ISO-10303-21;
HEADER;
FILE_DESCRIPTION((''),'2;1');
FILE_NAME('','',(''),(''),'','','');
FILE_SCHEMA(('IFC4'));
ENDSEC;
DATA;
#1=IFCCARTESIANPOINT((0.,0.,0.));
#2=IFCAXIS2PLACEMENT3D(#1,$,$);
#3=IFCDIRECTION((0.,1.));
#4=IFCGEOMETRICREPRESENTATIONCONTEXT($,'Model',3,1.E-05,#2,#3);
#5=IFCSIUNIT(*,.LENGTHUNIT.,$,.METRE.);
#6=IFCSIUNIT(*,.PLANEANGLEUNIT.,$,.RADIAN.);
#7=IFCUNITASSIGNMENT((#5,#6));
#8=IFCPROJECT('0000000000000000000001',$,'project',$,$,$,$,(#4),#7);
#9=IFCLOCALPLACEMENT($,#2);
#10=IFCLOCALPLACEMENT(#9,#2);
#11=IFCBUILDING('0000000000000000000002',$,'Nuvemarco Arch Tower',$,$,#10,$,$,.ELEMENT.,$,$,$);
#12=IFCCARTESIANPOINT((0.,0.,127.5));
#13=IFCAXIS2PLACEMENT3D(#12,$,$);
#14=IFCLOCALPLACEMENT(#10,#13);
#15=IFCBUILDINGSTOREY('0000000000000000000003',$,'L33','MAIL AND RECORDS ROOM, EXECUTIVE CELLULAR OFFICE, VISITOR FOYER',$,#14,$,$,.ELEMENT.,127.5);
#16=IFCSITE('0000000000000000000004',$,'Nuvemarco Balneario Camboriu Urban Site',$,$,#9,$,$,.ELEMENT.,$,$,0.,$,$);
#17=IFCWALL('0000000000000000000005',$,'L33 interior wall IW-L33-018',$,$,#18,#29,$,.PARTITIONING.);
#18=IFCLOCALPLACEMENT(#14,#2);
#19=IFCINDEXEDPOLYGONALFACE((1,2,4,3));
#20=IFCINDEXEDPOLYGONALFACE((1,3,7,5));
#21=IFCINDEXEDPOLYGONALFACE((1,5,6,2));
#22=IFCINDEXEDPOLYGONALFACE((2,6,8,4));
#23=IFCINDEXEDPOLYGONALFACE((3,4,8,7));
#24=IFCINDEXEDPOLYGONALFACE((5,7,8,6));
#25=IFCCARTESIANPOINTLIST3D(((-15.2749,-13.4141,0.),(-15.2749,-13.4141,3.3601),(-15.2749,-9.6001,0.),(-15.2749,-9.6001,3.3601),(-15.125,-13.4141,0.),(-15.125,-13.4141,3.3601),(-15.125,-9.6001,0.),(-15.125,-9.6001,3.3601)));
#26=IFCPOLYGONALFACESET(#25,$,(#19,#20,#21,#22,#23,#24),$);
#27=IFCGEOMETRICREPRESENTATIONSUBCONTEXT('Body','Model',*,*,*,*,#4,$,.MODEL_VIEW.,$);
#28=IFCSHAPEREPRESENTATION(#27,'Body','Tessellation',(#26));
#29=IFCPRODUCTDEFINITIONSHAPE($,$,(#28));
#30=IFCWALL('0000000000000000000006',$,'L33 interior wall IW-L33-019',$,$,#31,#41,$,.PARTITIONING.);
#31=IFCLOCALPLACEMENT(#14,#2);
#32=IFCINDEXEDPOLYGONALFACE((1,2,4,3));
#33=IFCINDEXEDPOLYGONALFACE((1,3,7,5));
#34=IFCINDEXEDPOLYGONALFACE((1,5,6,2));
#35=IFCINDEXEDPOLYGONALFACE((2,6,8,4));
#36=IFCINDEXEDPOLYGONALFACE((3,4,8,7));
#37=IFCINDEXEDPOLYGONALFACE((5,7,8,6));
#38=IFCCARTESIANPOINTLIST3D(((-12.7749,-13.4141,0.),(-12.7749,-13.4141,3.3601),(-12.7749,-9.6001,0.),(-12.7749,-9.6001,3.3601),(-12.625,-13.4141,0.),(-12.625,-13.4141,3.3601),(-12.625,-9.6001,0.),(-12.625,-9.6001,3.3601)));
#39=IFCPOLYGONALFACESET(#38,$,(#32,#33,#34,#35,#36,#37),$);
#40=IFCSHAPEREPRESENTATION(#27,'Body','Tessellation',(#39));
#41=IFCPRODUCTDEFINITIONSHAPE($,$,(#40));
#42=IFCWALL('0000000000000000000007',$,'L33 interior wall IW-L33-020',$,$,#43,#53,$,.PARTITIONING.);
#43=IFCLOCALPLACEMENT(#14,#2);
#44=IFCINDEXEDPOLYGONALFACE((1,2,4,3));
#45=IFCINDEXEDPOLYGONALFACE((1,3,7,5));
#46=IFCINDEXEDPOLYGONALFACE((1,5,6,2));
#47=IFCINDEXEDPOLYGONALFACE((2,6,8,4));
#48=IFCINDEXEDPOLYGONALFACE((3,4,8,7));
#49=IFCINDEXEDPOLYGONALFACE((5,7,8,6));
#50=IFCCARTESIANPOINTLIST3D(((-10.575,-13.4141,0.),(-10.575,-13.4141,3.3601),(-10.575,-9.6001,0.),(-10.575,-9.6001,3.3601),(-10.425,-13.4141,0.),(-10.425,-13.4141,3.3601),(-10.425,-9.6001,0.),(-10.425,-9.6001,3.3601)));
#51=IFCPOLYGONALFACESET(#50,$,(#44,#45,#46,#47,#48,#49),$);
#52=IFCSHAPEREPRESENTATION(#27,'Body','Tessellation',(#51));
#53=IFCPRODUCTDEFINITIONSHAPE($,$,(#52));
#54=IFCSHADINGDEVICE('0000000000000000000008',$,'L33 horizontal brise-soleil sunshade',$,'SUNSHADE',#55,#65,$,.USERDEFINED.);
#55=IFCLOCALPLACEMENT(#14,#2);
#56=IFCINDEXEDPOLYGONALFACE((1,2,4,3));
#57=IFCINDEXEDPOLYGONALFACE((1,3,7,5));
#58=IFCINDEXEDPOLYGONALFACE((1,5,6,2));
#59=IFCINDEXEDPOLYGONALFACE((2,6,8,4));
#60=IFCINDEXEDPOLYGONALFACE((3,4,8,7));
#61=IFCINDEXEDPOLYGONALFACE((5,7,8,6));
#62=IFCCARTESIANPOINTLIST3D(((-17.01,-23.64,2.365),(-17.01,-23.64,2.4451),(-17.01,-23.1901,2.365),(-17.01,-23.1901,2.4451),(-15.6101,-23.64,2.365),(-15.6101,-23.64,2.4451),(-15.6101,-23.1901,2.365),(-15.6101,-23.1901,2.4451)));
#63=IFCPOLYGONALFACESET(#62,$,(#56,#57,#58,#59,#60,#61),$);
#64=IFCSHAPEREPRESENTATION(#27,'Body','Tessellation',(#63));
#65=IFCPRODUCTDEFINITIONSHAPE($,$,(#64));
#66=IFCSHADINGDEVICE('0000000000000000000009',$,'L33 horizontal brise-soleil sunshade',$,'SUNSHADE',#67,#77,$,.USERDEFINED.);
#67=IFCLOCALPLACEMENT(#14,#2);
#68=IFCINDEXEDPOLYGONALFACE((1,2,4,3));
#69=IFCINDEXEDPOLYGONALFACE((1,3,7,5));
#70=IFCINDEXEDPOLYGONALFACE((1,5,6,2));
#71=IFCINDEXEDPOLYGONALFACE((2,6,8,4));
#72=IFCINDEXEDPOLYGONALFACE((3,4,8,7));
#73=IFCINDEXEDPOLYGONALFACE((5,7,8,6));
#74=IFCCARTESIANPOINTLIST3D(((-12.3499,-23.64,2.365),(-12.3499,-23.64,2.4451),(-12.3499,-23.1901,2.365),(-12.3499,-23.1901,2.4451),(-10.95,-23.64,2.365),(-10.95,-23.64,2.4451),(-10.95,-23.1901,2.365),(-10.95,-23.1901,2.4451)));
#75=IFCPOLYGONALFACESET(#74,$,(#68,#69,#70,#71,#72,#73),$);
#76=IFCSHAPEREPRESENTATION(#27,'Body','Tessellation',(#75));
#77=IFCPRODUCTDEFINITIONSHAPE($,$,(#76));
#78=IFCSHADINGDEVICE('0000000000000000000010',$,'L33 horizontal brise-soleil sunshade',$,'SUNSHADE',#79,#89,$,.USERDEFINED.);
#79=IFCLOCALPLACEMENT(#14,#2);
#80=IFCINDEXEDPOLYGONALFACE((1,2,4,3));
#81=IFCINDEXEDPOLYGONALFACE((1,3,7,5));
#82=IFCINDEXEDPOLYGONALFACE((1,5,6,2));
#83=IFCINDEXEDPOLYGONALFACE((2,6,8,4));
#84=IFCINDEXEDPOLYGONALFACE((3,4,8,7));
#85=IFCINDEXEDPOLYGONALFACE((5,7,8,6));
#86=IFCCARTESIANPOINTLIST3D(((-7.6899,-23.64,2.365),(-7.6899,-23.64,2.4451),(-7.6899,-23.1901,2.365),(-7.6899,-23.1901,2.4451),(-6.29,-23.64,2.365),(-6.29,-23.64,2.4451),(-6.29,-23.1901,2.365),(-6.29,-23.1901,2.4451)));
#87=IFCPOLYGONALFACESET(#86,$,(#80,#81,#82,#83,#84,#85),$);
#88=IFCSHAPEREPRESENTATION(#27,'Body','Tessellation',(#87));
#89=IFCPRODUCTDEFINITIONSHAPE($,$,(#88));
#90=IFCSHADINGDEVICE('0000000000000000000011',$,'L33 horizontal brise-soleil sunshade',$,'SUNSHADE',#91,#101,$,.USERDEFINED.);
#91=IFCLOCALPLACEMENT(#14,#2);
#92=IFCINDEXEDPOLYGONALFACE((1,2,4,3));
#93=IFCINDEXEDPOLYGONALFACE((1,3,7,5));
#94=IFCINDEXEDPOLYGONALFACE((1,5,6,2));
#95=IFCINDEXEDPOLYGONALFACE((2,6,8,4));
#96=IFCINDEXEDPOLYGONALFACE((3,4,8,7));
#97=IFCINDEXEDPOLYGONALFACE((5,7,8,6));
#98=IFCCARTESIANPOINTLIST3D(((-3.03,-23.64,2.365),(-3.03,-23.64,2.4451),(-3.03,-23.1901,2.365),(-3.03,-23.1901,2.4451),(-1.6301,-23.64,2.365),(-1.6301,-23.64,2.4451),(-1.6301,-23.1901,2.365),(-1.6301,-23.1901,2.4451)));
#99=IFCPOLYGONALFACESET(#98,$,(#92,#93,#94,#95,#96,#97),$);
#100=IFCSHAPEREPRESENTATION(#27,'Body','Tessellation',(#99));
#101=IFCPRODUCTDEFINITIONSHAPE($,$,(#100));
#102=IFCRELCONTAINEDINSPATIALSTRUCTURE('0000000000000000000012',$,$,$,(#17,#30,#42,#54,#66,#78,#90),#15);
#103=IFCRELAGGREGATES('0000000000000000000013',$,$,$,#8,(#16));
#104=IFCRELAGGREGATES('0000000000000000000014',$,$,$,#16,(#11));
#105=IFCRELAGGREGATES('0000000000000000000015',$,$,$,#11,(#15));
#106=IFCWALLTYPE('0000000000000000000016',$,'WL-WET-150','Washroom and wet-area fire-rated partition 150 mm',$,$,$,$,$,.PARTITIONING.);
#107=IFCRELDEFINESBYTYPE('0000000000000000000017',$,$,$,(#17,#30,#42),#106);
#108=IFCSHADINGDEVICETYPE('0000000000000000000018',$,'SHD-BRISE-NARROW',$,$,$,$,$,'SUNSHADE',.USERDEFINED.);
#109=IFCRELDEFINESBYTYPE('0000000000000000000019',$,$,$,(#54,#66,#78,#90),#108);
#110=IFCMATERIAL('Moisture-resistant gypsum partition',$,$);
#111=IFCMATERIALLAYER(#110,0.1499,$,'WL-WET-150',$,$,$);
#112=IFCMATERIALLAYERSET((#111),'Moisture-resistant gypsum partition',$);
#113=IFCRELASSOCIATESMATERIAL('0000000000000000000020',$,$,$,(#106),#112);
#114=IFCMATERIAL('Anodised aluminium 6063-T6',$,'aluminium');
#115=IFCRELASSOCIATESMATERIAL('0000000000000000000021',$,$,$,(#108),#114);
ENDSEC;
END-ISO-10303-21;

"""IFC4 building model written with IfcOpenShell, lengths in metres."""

from ifc_helpers import new_model, si_unit, direction, frame, frame_2d, origin, origin_2d, place, context, subcontext, project, spatial, rectangle, extrude, source, transform, mapped, material, layer, layer_set, type_object, type_shapes, element, save


model = new_model("IFC4")

# Units and contexts
model_context = context("Model", 3, precision=1e-05, world=origin(), true_north=direction((0.0, 1.0)))
body_context = subcontext(model_context, "Body", "Model", "MODEL_VIEW")
ifc_project = project(units=[si_unit("LENGTHUNIT", "METRE"), si_unit("PLANEANGLEUNIT", "RADIAN")], contexts=[model_context])

# Site, building, storey
site_placement = place(None, origin())
site = spatial("IfcSite", under=ifc_project, at=site_placement, Name="Nuvemarco Balneario Camboriu Urban Site", CompositionType="ELEMENT", RefElevation=0.0)
building_placement = place(site_placement, origin())
building = spatial("IfcBuilding", under=site, at=building_placement, Name="Nuvemarco Arch Tower", CompositionType="ELEMENT")
storey_placement = place(building_placement, frame((0.0, 0.0, 127.5)))
storey = spatial("IfcBuildingStorey", under=building, at=storey_placement, Name="L33", Description="MAIL AND RECORDS ROOM, EXECUTIVE CELLULAR OFFICE, VISITOR FOYER", CompositionType="ELEMENT", Elevation=127.5)

# Walls
ifc_material_1 = material(Name="Moisture-resistant gypsum partition")
ifc_layer_1 = layer(ifc_material_1, 0.1499, Name="WL-WET-150")
ifc_layer_set_1 = layer_set([ifc_layer_1], Name="Moisture-resistant gypsum partition")
wall_type_1 = type_object("IfcWallType", Name="WL-WET-150", Description="Washroom and wet-area fire-rated partition 150 mm", PredefinedType="PARTITIONING", material=ifc_layer_set_1)
for number, where, z_axis, x_axis, name in (
    (1, (-15.2, -13.4141, 0.0), (0.0, 0.0, 1.0), (0.0, 1.0, 0.0), "L33 interior wall IW-L33-018"),
    (2, (-12.7, -13.4141, 0.0), (0.0, 0.0, 1.0), (0.0, 1.0, 0.0), "L33 interior wall IW-L33-019"),
    (3, (-10.5, -13.4141, 0.0), (0.0, 0.0, 1.0), (0.0, 1.0, 0.0), "L33 interior wall IW-L33-020"),
):
    element("IfcWall", number, at=place(storey_placement, frame(where, z_axis=z_axis, x_axis=x_axis)), inside=storey, type_object=wall_type_1, Name=name, PredefinedType="PARTITIONING", context=body_context, shape_type="SweptSolid", body=[
        extrude(rectangle(XDim=3.814, YDim=0.1499, at=frame_2d((1.907, 0.0))), origin(), (0.0, 0.0, 1.0), 3.3601),
    ])

# Shading devices
ifc_material_2 = material(Name="Anodised aluminium 6063-T6", Category="aluminium")
shading_device_type = type_object("IfcShadingDeviceType", Name="SHD-BRISE-NARROW", ElementType="SUNSHADE", PredefinedType="USERDEFINED", material=ifc_material_2)
shared_shape_1 = source(origin(), body_context, "Body", "SweptSolid", [
    extrude(rectangle(XDim=1.3999, YDim=0.45, at=origin_2d()), origin(), (0.0, 0.0, 1.0), 0.0801),
])
type_shapes(shading_device_type, [shared_shape_1])
for number, where, z_axis, x_axis, name in (
    (4, (-16.3101, -23.415, 2.365), (0.0, 0.0, 1.0), (1.0, 0.0, 0.0), "L33 horizontal brise-soleil sunshade"),
    (5, (-11.6499, -23.415, 2.365), (0.0, 0.0, 1.0), (1.0, 0.0, 0.0), "L33 horizontal brise-soleil sunshade"),
    (6, (-6.99, -23.415, 2.365), (0.0, 0.0, 1.0), (1.0, 0.0, 0.0), "L33 horizontal brise-soleil sunshade"),
    (7, (-2.3301, -23.415, 2.365), (0.0, 0.0, 1.0), (1.0, 0.0, 0.0), "L33 horizontal brise-soleil sunshade"),
):
    element("IfcShadingDevice", number, at=place(storey_placement, frame(where, z_axis=z_axis, x_axis=x_axis)), inside=storey, type_object=shading_device_type, Name=name, ObjectType="SUNSHADE", PredefinedType="USERDEFINED", context=body_context, shape_type="MappedRepresentation", body=[
        mapped(shared_shape_1, transform((0.0, 0.0, 0.0), scale=1.0)),
    ])

save(model, "model.ifc")
